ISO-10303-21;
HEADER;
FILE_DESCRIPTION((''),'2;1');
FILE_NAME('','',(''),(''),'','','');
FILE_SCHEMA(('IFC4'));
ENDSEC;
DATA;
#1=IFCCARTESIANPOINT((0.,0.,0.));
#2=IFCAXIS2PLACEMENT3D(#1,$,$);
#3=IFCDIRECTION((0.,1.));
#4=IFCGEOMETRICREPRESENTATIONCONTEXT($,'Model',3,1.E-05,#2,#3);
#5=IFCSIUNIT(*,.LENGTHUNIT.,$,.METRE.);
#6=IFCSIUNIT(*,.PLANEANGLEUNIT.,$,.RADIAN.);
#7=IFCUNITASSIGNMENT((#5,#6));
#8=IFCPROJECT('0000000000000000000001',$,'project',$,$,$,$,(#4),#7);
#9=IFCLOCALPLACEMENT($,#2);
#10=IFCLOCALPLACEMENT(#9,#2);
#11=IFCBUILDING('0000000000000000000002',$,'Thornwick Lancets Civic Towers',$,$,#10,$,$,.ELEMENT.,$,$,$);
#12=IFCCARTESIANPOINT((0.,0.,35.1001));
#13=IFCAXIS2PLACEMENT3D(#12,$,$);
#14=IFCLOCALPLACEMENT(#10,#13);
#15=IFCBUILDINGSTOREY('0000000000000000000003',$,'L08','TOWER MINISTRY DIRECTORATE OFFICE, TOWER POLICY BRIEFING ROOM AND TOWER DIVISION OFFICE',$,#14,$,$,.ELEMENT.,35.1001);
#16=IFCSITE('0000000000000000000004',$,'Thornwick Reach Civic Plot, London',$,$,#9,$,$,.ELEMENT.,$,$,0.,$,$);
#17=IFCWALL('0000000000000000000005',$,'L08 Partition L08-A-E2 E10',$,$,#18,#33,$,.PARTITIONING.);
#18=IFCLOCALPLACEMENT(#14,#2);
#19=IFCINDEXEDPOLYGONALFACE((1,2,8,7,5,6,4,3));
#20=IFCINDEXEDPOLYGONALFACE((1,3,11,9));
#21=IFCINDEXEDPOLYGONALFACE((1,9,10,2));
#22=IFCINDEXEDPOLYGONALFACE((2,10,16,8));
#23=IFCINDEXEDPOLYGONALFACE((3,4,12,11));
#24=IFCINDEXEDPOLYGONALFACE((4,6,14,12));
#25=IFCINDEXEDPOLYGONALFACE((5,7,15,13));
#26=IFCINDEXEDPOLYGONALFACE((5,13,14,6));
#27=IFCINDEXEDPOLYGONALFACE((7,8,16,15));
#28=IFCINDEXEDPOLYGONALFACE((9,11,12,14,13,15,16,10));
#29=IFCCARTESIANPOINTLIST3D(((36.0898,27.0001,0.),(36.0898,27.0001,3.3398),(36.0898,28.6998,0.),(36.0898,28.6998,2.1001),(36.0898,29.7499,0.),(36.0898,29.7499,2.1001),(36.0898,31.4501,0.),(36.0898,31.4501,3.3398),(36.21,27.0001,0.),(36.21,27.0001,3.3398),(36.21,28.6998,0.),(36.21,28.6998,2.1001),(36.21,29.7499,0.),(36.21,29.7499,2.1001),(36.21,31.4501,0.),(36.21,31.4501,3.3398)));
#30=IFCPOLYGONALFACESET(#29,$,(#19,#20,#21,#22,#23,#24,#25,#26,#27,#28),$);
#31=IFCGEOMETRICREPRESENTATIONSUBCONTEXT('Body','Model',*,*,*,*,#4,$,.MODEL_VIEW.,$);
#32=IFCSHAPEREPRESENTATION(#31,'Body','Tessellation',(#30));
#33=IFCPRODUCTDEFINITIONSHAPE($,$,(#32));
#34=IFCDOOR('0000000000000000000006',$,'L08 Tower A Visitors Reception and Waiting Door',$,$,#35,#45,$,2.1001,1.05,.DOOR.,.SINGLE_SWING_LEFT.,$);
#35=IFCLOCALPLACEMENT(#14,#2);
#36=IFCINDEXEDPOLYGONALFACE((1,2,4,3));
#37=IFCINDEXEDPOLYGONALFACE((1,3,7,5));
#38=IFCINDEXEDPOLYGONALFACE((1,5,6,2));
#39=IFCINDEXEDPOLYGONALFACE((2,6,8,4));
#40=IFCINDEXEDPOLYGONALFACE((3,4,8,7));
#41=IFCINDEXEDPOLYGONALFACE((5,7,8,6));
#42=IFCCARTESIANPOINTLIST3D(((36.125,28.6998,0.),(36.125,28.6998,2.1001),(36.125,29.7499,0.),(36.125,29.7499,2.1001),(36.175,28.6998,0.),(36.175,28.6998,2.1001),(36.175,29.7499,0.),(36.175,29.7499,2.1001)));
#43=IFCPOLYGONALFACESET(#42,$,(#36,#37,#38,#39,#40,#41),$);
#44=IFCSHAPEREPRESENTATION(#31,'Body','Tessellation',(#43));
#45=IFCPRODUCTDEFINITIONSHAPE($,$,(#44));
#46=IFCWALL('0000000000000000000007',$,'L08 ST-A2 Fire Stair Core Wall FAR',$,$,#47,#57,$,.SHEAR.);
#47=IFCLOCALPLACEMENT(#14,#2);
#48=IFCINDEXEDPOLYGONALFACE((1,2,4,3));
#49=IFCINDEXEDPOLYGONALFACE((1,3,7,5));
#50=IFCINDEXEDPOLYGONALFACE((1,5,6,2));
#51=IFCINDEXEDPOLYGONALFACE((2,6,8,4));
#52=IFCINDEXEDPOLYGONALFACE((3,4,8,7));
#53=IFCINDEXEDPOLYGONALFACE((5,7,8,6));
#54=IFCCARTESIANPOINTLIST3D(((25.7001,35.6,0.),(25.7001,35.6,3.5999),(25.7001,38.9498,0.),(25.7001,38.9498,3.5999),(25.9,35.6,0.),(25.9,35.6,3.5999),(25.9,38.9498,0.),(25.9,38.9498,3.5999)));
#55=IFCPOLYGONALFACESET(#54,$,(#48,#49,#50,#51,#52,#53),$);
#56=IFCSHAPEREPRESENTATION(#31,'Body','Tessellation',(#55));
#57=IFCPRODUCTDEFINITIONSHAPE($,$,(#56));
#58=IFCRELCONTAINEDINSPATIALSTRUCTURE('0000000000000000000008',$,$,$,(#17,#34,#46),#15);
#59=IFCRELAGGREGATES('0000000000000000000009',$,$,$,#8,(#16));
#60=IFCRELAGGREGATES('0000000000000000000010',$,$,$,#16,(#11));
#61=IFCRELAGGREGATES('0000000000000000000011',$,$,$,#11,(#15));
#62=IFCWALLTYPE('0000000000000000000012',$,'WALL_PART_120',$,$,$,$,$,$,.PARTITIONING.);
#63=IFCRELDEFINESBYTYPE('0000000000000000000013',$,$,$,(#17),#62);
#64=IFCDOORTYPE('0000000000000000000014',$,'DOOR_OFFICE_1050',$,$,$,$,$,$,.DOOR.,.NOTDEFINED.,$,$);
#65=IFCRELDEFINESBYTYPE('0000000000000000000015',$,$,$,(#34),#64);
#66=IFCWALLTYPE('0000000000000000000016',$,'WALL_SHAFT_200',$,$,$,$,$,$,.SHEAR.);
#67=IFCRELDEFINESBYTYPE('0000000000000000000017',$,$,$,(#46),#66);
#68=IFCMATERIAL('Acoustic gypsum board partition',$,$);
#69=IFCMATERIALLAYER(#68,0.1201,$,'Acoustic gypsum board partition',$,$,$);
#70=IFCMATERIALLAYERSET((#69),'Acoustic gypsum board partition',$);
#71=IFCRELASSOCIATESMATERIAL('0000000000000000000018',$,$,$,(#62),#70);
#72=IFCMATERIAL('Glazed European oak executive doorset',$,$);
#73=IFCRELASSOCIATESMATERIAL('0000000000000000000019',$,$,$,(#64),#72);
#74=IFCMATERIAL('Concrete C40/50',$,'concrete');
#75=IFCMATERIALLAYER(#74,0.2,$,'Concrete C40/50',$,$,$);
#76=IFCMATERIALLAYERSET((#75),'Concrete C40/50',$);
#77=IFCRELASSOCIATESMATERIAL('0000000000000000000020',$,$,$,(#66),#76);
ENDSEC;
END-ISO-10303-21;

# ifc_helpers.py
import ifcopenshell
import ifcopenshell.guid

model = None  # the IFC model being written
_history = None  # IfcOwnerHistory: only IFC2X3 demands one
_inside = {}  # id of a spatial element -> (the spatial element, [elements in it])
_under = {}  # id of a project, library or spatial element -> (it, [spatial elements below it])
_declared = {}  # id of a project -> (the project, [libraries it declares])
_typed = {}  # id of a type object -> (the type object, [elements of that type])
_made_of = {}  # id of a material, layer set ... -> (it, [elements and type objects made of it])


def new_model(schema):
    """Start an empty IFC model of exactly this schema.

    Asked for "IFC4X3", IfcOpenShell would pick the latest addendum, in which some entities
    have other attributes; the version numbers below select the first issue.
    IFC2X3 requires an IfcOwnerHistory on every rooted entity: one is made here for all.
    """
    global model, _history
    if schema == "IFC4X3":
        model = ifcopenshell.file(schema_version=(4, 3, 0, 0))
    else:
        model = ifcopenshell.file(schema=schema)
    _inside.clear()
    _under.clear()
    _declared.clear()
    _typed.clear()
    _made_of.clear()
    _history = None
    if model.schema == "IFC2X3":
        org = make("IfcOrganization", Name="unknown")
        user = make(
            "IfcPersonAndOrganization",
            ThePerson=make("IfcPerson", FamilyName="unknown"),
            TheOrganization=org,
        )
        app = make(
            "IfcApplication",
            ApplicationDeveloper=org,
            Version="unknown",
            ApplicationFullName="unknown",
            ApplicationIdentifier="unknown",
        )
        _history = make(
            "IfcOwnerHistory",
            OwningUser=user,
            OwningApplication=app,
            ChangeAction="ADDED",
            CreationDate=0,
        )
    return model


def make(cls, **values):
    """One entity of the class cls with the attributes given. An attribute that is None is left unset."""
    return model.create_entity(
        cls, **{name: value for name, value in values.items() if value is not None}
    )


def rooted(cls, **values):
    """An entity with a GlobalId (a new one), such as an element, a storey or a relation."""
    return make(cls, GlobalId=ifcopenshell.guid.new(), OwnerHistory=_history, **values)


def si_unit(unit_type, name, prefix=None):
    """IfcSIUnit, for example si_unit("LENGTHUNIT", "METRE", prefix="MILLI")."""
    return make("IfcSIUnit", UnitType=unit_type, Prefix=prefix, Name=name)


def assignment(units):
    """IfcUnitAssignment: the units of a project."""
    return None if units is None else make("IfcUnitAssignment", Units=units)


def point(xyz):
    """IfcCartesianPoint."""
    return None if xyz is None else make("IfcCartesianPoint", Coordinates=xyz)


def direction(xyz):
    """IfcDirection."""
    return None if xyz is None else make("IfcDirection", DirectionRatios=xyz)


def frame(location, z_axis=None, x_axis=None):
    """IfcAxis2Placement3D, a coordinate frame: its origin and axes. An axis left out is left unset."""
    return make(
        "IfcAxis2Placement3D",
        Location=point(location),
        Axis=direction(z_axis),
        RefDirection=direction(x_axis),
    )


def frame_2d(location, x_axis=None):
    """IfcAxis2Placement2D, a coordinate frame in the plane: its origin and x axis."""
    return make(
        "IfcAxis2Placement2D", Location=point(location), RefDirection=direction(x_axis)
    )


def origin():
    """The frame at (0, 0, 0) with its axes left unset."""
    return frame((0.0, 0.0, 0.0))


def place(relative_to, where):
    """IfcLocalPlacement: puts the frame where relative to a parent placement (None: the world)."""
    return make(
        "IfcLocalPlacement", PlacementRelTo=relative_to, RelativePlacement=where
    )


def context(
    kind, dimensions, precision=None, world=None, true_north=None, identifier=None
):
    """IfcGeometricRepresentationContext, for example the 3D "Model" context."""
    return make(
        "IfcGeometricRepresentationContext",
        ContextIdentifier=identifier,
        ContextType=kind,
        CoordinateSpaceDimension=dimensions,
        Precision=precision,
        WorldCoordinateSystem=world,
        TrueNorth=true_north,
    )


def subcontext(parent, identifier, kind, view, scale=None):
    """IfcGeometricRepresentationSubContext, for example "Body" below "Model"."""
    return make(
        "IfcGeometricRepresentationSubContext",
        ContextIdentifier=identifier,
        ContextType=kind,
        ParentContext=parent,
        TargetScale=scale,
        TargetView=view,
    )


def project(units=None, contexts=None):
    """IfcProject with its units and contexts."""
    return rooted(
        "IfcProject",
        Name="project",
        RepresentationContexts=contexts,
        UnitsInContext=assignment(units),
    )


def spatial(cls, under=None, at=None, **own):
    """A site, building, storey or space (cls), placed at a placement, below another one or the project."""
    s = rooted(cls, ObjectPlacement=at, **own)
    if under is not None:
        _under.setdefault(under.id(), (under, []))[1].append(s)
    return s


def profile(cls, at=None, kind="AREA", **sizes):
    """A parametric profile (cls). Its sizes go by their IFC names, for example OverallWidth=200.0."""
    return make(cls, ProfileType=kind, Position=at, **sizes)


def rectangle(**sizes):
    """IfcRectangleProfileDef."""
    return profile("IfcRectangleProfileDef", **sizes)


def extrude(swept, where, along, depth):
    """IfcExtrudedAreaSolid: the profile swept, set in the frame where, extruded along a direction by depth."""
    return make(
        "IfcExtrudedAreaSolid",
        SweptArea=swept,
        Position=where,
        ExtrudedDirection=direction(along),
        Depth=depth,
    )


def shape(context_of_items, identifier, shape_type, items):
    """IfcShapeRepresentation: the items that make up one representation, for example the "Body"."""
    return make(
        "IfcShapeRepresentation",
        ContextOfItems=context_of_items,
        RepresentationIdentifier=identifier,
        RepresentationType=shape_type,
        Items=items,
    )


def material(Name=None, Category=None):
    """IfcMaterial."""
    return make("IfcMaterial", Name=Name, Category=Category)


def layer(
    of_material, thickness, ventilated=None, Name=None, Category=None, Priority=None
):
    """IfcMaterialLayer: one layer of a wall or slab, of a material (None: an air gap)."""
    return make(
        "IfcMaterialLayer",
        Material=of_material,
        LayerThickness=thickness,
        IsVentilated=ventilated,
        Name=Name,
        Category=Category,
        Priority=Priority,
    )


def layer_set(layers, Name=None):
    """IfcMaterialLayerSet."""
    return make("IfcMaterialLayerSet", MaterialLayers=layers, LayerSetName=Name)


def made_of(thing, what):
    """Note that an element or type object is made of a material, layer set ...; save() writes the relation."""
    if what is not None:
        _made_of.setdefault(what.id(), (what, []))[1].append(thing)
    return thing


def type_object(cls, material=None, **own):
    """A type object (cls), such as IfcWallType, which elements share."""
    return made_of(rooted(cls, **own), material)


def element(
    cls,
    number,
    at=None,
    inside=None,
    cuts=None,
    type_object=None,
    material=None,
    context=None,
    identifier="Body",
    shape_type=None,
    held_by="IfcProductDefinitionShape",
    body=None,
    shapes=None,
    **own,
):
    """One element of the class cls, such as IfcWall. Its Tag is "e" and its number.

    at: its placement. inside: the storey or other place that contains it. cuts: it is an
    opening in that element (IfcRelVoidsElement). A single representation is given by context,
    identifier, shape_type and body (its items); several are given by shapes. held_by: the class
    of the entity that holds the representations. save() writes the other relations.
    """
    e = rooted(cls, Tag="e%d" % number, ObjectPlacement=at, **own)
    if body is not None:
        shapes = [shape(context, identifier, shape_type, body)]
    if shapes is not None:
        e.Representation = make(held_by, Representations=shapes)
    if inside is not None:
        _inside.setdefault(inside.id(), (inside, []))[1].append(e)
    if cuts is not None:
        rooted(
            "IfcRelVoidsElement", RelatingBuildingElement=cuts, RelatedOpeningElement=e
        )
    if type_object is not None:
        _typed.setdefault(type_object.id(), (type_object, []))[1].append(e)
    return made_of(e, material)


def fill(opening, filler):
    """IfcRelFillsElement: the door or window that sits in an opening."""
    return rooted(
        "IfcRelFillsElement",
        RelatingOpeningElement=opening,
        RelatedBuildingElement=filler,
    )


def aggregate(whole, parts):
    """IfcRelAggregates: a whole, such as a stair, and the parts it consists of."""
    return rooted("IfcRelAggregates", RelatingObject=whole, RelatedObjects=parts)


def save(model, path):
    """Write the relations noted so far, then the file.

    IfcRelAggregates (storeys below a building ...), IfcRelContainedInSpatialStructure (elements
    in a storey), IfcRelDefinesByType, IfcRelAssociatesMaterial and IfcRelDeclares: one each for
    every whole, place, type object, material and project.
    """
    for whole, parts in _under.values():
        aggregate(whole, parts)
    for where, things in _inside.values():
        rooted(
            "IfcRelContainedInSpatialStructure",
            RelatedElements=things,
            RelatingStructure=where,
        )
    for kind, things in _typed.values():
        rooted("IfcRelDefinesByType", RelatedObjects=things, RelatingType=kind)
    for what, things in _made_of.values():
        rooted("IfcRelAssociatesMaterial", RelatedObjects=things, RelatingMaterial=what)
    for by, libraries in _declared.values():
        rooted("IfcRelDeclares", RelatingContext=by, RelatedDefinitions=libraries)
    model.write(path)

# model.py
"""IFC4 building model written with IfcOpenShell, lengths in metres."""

from ifc_helpers import new_model, si_unit, direction, frame, frame_2d, origin, place, context, subcontext, project, spatial, rectangle, extrude, material, layer, layer_set, type_object, element, fill, save


model = new_model("IFC4")

# Units and contexts
model_context = context("Model", 3, precision=1e-05, world=origin(), true_north=direction((0.0, 1.0)))
body_context = subcontext(model_context, "Body", "Model", "MODEL_VIEW")
ifc_project = project(units=[si_unit("LENGTHUNIT", "METRE"), si_unit("PLANEANGLEUNIT", "RADIAN")], contexts=[model_context])

# Site, building, storey
site_placement = place(None, origin())
site = spatial("IfcSite", under=ifc_project, at=site_placement, Name="Thornwick Reach Civic Plot, London", CompositionType="ELEMENT", RefElevation=0.0)
building_placement = place(site_placement, origin())
building = spatial("IfcBuilding", under=site, at=building_placement, Name="Thornwick Lancets Civic Towers", CompositionType="ELEMENT")
storey_placement = place(building_placement, frame((0.0, 0.0, 35.1001)))
storey = spatial("IfcBuildingStorey", under=building, at=storey_placement, Name="L08", Description="TOWER MINISTRY DIRECTORATE OFFICE, TOWER POLICY BRIEFING ROOM AND TOWER DIVISION OFFICE", CompositionType="ELEMENT", Elevation=35.1001)

# Shared definitions
ifc_material_1 = material(Name="Acoustic gypsum board partition")
ifc_layer_1 = layer(ifc_material_1, 0.1201, Name="Acoustic gypsum board partition")
ifc_layer_set_1 = layer_set([ifc_layer_1], Name="Acoustic gypsum board partition")
wall_type_1 = type_object("IfcWallType", Name="WALL_PART_120", PredefinedType="PARTITIONING", material=ifc_layer_set_1)

# Shared definitions
ifc_material_2 = material(Name="Glazed European oak executive doorset")
door_type_1 = type_object("IfcDoorType", Name="DOOR_OFFICE_1050", OperationType="NOTDEFINED", PredefinedType="DOOR", material=ifc_material_2)

# Wall, opening, door
wall_1_placement = place(storey_placement, frame((36.1499, 27.0, 0.0), z_axis=(0.0, 0.0, 1.0), x_axis=(0.0, 1.0, 0.0)))
wall_1 = element("IfcWall", 1, at=wall_1_placement, inside=storey, type_object=wall_type_1, Name="L08 Partition L08-A-E2 E10", PredefinedType="PARTITIONING", context=body_context, shape_type="SweptSolid", body=[
    extrude(rectangle(XDim=4.45, YDim=0.1201, at=frame_2d((2.2251, 0.0))), origin(), (0.0, 0.0, 1.0), 3.3398),
])
opening_1_placement = place(wall_1_placement, frame((1.7, 0.0, 0.0)))
opening_1 = element("IfcOpeningElement", 2, at=opening_1_placement, cuts=wall_1, PredefinedType="OPENING", context=body_context, shape_type="SweptSolid", body=[
    extrude(rectangle(XDim=1.05, YDim=2.1001, at=frame_2d((0.5249, 1.05))), frame((0.0, 0.0701, 0.0), z_axis=(0.0, -1.0, 0.0), x_axis=(1.0, 0.0, 0.0)), (0.0, 0.0, 1.0), 0.1401),
])
door_1_placement = place(opening_1_placement, origin())
door_1 = element("IfcDoor", 3, at=door_1_placement, inside=storey, type_object=door_type_1, Name="L08 Tower A Visitors Reception and Waiting Door", OperationType="SINGLE_SWING_LEFT", OverallHeight=2.1001, OverallWidth=1.05, PredefinedType="DOOR", context=body_context, shape_type="SweptSolid", body=[
    extrude(rectangle(XDim=1.05, YDim=2.1001, at=frame_2d((0.5249, 1.05))), frame((0.0, 0.0249, 0.0), z_axis=(0.0, -1.0, 0.0), x_axis=(1.0, 0.0, 0.0)), (0.0, 0.0, 1.0), 0.05),
])
fill(opening_1, door_1)

# Wall
ifc_material_3 = material(Name="Concrete C40/50", Category="concrete")
ifc_layer_2 = layer(ifc_material_3, 0.2, Name="Concrete C40/50")
ifc_layer_set_2 = layer_set([ifc_layer_2], Name="Concrete C40/50")
wall_type_2 = type_object("IfcWallType", Name="WALL_SHAFT_200", PredefinedType="SHEAR", material=ifc_layer_set_2)
wall_2_placement = place(storey_placement, frame((25.8, 35.6001, 0.0), z_axis=(0.0, 0.0, 1.0), x_axis=(0.0, 1.0, 0.0)))
element("IfcWall", 4, at=wall_2_placement, inside=storey, type_object=wall_type_2, Name="L08 ST-A2 Fire Stair Core Wall FAR", PredefinedType="SHEAR", context=body_context, shape_type="SweptSolid", body=[
    extrude(rectangle(XDim=3.3499, YDim=0.2, at=frame_2d((1.6748, 0.0))), origin(), (0.0, 0.0, 1.0), 3.5999),
])

save(model, "model.ifc")
